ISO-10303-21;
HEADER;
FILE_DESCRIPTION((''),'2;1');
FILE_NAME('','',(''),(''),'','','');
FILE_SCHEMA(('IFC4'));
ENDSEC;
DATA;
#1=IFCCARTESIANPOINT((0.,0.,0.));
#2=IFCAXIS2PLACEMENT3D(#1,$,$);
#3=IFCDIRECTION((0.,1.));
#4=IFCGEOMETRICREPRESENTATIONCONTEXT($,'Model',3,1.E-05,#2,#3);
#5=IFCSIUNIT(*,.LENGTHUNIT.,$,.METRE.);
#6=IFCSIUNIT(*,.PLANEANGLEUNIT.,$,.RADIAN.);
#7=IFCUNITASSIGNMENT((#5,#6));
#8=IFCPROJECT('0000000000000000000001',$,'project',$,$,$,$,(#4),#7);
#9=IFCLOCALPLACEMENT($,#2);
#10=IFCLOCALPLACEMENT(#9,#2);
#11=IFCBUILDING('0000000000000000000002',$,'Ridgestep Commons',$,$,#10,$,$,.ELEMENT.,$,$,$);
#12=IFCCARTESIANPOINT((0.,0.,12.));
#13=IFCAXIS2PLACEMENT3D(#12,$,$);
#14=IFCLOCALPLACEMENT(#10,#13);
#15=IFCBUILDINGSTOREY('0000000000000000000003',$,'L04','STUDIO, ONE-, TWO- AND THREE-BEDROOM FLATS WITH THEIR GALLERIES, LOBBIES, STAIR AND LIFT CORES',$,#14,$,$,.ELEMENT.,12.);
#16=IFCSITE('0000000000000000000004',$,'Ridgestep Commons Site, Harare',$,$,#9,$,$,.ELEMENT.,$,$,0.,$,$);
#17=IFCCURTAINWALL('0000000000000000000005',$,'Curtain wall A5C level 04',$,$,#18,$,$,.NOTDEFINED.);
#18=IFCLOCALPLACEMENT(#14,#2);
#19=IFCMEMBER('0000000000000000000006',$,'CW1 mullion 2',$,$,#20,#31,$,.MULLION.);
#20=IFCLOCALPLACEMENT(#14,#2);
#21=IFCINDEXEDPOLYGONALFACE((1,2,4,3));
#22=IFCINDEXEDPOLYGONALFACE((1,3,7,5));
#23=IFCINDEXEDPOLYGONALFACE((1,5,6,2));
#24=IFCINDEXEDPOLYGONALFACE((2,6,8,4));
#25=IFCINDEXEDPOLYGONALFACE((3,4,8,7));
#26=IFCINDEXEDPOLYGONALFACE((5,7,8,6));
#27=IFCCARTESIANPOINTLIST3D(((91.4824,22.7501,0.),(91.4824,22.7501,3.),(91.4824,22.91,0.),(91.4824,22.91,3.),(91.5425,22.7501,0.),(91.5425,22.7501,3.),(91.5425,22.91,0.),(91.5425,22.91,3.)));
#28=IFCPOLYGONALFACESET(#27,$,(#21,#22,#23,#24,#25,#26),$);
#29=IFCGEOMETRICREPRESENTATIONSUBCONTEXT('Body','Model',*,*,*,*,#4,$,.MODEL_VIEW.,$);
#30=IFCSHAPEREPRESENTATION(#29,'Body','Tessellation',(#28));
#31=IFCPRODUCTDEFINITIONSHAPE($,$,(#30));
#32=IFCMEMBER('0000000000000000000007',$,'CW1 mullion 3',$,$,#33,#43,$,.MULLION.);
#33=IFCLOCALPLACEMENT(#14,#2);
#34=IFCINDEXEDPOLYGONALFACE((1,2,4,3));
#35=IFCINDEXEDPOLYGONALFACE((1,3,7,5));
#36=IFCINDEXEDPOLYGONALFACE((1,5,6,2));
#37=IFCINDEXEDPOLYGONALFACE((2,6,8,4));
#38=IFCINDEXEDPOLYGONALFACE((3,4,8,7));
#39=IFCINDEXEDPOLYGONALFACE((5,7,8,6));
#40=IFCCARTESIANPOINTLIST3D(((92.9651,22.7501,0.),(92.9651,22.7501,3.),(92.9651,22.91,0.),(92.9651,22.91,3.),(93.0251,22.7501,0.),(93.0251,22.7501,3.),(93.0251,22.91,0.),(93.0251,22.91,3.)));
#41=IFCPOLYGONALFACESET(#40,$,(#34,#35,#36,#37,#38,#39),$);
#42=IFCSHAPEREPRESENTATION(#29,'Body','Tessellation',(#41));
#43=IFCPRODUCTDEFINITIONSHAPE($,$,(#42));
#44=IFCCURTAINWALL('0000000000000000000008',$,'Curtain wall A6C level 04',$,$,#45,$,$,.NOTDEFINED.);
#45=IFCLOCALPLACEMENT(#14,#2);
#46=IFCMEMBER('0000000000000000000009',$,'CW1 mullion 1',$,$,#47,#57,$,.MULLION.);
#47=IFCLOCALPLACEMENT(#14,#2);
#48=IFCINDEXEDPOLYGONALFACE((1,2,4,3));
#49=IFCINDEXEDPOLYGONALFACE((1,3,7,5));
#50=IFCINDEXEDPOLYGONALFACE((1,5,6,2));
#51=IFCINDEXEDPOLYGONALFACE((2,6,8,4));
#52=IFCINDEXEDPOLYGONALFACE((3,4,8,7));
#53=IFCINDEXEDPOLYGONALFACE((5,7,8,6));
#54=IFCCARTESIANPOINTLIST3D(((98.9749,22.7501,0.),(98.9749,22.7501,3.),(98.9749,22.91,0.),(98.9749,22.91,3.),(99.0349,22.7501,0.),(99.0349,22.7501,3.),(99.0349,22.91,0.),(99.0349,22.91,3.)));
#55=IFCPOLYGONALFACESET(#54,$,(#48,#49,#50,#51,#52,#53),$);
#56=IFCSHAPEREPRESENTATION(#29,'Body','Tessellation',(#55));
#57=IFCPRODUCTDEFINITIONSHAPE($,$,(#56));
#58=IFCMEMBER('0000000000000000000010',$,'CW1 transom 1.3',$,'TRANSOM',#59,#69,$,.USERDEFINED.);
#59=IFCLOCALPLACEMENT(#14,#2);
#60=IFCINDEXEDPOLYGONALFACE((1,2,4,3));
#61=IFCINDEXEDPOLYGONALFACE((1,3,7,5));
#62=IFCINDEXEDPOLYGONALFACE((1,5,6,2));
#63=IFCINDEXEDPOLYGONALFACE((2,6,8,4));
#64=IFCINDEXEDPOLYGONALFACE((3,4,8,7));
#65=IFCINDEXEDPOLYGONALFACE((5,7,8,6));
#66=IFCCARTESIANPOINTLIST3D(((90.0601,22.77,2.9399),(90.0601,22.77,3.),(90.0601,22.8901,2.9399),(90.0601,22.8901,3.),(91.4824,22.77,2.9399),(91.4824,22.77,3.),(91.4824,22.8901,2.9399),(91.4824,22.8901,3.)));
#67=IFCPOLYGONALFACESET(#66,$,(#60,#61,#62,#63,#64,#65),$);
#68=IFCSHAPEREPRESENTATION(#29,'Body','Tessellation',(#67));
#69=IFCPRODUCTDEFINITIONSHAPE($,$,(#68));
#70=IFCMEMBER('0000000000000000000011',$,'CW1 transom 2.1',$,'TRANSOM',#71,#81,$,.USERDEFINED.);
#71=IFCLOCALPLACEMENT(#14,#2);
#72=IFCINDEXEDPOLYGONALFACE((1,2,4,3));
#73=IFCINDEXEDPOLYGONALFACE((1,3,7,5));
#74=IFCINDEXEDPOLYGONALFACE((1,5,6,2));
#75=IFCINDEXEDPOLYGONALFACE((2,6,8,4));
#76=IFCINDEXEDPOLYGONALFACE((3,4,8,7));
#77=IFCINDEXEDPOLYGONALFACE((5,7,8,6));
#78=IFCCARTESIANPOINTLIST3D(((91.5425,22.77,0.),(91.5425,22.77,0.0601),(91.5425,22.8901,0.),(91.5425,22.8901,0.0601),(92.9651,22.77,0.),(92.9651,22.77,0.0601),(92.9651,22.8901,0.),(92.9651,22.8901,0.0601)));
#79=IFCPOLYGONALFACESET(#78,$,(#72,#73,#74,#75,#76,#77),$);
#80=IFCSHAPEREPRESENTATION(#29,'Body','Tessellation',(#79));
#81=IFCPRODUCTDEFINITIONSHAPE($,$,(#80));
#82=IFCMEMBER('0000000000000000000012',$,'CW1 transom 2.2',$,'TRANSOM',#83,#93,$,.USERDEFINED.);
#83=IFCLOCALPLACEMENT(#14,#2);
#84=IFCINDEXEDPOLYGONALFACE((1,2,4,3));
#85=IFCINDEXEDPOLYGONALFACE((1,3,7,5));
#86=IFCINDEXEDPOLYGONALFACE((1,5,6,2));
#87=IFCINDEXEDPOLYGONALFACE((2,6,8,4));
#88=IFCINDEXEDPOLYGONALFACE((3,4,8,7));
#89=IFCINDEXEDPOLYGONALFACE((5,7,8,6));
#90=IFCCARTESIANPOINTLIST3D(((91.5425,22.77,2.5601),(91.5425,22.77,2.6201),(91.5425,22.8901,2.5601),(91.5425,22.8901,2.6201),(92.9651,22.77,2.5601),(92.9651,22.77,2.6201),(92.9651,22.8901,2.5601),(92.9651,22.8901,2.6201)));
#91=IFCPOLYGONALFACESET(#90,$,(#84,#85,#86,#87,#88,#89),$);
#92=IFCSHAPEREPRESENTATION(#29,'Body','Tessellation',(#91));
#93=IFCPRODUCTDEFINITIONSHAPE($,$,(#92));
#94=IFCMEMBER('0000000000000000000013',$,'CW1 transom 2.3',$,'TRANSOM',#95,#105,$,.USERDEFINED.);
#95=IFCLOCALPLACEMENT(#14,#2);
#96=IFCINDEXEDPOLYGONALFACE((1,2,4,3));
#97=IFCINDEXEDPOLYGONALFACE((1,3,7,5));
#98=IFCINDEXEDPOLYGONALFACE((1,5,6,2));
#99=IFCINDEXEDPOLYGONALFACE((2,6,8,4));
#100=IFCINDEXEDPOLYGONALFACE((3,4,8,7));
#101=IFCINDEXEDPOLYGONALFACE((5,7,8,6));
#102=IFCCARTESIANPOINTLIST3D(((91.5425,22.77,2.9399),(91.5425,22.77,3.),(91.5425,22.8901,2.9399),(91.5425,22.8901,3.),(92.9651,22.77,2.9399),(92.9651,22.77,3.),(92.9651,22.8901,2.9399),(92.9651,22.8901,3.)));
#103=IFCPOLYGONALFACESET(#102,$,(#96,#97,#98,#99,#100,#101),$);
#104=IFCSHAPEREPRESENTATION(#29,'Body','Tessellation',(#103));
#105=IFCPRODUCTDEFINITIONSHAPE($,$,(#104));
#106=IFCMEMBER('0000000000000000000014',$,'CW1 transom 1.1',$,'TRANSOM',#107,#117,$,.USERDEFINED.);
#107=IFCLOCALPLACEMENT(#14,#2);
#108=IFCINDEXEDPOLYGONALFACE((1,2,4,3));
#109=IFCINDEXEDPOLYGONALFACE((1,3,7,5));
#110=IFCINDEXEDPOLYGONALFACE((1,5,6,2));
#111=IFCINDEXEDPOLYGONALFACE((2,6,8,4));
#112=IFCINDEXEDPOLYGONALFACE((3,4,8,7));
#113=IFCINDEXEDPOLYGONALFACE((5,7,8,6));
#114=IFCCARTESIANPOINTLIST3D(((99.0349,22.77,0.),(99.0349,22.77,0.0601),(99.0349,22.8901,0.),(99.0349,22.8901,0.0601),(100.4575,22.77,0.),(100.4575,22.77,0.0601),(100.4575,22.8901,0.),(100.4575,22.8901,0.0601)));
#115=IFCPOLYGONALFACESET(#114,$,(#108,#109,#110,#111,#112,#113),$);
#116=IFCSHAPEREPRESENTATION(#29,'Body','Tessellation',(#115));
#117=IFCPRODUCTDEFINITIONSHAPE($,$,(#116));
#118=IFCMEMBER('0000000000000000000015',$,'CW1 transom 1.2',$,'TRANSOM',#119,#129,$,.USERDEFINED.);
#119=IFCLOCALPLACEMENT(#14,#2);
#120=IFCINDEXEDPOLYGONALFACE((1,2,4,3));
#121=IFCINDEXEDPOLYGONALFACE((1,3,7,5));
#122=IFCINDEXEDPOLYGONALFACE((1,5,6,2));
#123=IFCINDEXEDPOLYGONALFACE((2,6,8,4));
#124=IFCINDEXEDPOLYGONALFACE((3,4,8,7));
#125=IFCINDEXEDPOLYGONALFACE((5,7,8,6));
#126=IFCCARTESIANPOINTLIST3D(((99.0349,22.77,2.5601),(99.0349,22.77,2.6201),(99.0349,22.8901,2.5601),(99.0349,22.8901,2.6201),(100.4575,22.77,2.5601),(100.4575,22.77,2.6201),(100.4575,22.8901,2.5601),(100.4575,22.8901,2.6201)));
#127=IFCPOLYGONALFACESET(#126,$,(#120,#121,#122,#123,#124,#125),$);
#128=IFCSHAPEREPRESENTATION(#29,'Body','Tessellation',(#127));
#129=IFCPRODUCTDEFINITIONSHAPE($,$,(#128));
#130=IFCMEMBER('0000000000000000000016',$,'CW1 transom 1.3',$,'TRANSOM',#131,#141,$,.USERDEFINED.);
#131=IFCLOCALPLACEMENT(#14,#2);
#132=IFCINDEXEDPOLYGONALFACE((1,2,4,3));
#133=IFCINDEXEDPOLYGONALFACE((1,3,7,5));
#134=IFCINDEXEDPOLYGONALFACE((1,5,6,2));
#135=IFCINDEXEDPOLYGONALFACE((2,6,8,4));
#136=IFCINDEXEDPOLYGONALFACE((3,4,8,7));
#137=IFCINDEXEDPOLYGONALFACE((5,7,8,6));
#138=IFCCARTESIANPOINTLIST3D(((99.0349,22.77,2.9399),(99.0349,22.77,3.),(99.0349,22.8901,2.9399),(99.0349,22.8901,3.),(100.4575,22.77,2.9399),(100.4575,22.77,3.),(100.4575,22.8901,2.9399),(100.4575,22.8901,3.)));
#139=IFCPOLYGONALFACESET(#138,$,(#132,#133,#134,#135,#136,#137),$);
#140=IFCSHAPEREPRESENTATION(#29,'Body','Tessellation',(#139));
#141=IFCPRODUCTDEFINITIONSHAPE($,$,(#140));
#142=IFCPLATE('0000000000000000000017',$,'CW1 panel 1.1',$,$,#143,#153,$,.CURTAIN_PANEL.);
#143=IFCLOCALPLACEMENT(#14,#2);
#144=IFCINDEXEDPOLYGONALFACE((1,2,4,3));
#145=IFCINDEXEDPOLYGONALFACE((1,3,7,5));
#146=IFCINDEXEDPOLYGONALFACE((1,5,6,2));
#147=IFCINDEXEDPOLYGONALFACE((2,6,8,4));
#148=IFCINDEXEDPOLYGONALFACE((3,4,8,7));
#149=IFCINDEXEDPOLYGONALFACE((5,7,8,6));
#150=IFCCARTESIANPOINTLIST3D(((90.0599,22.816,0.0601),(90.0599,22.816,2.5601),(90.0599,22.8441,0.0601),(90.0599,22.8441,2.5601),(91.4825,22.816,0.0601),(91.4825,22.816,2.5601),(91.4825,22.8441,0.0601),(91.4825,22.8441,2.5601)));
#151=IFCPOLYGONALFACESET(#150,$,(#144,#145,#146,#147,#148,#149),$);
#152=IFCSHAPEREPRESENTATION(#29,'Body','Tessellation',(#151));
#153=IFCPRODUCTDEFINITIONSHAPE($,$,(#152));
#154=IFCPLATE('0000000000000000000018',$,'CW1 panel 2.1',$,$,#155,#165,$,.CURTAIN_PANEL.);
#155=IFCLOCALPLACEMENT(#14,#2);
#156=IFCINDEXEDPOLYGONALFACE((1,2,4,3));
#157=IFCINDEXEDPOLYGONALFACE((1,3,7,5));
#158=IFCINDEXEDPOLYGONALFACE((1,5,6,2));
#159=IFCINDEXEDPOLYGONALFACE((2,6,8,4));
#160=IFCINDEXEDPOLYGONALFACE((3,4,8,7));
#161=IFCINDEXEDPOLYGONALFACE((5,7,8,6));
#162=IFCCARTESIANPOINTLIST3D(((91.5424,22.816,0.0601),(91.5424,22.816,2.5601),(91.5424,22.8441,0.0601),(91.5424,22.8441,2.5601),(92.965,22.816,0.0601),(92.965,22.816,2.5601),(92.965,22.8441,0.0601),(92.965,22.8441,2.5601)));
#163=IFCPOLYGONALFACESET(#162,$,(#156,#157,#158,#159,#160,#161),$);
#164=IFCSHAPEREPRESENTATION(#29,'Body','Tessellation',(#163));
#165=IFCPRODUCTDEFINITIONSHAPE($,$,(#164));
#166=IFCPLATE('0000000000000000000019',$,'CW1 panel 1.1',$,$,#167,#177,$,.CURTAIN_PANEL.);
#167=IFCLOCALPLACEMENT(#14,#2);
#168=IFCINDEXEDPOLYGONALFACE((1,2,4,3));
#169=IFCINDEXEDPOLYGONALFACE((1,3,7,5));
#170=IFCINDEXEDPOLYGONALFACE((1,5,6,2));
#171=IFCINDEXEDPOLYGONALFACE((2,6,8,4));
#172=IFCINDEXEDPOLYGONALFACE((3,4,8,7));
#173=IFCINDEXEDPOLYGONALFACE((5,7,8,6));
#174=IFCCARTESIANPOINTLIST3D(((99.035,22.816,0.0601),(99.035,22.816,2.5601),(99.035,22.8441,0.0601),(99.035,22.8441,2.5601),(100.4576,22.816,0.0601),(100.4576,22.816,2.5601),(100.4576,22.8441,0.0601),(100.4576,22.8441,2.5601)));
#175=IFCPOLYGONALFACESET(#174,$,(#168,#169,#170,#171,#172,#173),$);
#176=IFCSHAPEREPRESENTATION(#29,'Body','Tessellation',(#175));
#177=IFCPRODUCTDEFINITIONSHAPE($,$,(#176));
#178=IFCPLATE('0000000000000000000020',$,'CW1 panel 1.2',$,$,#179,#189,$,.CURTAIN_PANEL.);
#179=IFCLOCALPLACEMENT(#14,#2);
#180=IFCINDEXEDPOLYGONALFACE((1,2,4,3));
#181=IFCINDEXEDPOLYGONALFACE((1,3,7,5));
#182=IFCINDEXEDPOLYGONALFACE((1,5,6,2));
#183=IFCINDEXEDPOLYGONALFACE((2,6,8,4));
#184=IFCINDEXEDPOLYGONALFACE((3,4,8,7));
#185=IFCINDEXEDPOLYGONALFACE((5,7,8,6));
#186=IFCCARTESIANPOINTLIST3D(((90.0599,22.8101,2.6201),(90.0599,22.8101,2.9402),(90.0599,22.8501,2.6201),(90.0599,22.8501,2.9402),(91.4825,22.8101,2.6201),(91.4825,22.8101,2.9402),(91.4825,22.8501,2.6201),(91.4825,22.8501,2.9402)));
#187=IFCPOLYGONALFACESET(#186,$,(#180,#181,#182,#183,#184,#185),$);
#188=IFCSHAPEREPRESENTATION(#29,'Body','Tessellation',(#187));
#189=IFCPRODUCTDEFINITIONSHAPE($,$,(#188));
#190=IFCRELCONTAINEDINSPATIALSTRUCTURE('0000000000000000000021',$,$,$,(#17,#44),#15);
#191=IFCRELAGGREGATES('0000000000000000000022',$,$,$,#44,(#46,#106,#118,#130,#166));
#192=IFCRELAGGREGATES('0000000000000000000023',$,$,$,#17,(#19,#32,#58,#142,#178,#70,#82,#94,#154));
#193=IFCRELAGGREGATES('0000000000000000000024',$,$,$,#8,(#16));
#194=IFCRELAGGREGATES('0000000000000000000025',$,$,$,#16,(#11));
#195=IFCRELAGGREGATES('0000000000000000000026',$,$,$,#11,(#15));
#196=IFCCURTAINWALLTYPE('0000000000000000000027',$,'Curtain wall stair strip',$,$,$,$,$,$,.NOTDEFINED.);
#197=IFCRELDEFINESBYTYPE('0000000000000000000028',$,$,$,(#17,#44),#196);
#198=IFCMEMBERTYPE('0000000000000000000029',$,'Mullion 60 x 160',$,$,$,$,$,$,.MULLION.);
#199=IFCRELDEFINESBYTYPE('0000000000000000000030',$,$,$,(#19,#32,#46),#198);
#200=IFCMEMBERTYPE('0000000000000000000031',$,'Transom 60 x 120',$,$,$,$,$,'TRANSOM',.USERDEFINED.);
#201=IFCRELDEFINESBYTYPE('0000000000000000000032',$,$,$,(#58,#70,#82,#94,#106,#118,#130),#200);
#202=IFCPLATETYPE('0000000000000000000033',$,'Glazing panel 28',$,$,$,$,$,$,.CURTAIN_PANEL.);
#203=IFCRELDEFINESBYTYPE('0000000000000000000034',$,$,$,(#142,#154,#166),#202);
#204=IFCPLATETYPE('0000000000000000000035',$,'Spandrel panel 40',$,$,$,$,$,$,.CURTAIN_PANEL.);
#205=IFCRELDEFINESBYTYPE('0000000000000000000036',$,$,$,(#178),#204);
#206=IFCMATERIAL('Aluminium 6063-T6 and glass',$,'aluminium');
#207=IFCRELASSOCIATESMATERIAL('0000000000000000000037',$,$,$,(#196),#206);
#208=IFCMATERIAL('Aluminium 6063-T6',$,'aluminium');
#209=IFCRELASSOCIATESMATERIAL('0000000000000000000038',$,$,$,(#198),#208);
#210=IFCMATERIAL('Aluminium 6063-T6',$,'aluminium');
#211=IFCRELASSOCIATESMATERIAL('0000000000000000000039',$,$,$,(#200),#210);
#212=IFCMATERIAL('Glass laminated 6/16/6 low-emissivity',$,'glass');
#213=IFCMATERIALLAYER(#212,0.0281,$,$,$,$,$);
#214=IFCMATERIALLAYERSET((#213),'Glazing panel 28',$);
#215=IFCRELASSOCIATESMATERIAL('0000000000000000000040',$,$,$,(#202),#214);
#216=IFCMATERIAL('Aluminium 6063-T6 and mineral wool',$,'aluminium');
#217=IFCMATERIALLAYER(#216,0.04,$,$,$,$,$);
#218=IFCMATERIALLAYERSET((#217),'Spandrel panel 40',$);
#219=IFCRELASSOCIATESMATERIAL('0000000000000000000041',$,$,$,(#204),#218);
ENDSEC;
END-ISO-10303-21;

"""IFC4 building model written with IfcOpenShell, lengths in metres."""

from ifc_helpers import new_model, si_unit, direction, frame, origin, origin_2d, place, context, subcontext, project, spatial, rectangle, extrude, material, layer, layer_set, material_profile, profile_set, type_object, element, aggregate, save


model = new_model("IFC4")

# Units and contexts
model_context = context("Model", 3, precision=1e-05, world=origin(), true_north=direction((0.0, 1.0)))
body_context = subcontext(model_context, "Body", "Model", "MODEL_VIEW")
ifc_project = project(units=[si_unit("LENGTHUNIT", "METRE"), si_unit("PLANEANGLEUNIT", "RADIAN")], contexts=[model_context])

# Site, building, storey
site_placement = place(None, origin())
site = spatial("IfcSite", under=ifc_project, at=site_placement, Name="Ridgestep Commons Site, Harare", CompositionType="ELEMENT", RefElevation=0.0)
building_placement = place(site_placement, origin())
building = spatial("IfcBuilding", under=site, at=building_placement, Name="Ridgestep Commons", CompositionType="ELEMENT")
storey_placement = place(building_placement, frame((0.0, 0.0, 12.0)))
storey = spatial("IfcBuildingStorey", under=building, at=storey_placement, Name="L04", Description="STUDIO, ONE-, TWO- AND THREE-BEDROOM FLATS WITH THEIR GALLERIES, LOBBIES, STAIR AND LIFT CORES", CompositionType="ELEMENT", Elevation=12.0)

# Curtain wall, members
ifc_material_1 = material(Name="Aluminium 6063-T6 and glass", Category="aluminium")
curtain_wall_type = type_object("IfcCurtainWallType", Name="Curtain wall stair strip", PredefinedType="NOTDEFINED", material=ifc_material_1)
curtain_wall_1_placement = place(storey_placement, origin())
curtain_wall_1 = element("IfcCurtainWall", 1, at=curtain_wall_1_placement, inside=storey, type_object=curtain_wall_type, Name="Curtain wall A5C level 04", PredefinedType="NOTDEFINED")
ifc_material_2 = material(Name="Aluminium 6063-T6", Category="aluminium")
ifc_material_profile_1 = material_profile(ifc_material_2, rectangle(XDim=0.1599, YDim=0.0601, at=origin_2d()), Name="Mullion 60 x 160")
ifc_profile_set_1 = profile_set([ifc_material_profile_1], Name="Aluminium 6063-T6")
member_type_1 = type_object("IfcMemberType", Name="Mullion 60 x 160", PredefinedType="MULLION", material=ifc_profile_set_1)
member_1_placement = place(storey_placement, frame((91.5125, 22.8301, 0.0), z_axis=(0.0, 0.0, 1.0), x_axis=(0.0, 1.0, 0.0)))
member_1 = element("IfcMember", 2, at=member_1_placement, type_object=member_type_1, Name="CW1 mullion 2", PredefinedType="MULLION", context=body_context, shape_type="SweptSolid", body=[
    extrude(rectangle(XDim=0.1599, YDim=0.0601, at=origin_2d()), origin(), (0.0, 0.0, 1.0), 3.0),
])
member_2_placement = place(storey_placement, frame((92.9951, 22.8301, 0.0), z_axis=(0.0, 0.0, 1.0), x_axis=(0.0, 1.0, 0.0)))
member_2 = element("IfcMember", 3, at=member_2_placement, type_object=member_type_1, Name="CW1 mullion 3", PredefinedType="MULLION", context=body_context, shape_type="SweptSolid", body=[
    extrude(rectangle(XDim=0.1599, YDim=0.0601, at=origin_2d()), origin(), (0.0, 0.0, 1.0), 3.0),
])

# Curtain wall, member
curtain_wall_2_placement = place(storey_placement, origin())
curtain_wall_2 = element("IfcCurtainWall", 4, at=curtain_wall_2_placement, inside=storey, type_object=curtain_wall_type, Name="Curtain wall A6C level 04", PredefinedType="NOTDEFINED")
member_3_placement = place(storey_placement, frame((99.0049, 22.8301, 0.0), z_axis=(0.0, 0.0, 1.0), x_axis=(0.0, 1.0, 0.0)))
member_3 = element("IfcMember", 5, at=member_3_placement, type_object=member_type_1, Name="CW1 mullion 1", PredefinedType="MULLION", context=body_context, shape_type="SweptSolid", body=[
    extrude(rectangle(XDim=0.1599, YDim=0.0601, at=origin_2d()), origin(), (0.0, 0.0, 1.0), 3.0),
])

# Members
ifc_material_3 = material(Name="Aluminium 6063-T6", Category="aluminium")
ifc_material_profile_2 = material_profile(ifc_material_3, rectangle(XDim=0.1201, YDim=0.0601, at=origin_2d()), Name="Transom 60 x 120")
ifc_profile_set_2 = profile_set([ifc_material_profile_2], Name="Aluminium 6063-T6")
member_type_2 = type_object("IfcMemberType", Name="Transom 60 x 120", ElementType="TRANSOM", PredefinedType="USERDEFINED", material=ifc_profile_set_2)
member_4_placement = place(storey_placement, frame((90.0601, 22.8301, 2.97), z_axis=(1.0, 0.0, 0.0), x_axis=(0.0, 1.0, 0.0)))
member_4 = element("IfcMember", 6, at=member_4_placement, type_object=member_type_2, Name="CW1 transom 1.3", ObjectType="TRANSOM", PredefinedType="USERDEFINED", context=body_context, shape_type="SweptSolid", body=[
    extrude(rectangle(XDim=0.1201, YDim=0.0601, at=origin_2d()), origin(), (0.0, 0.0, 1.0), 1.4224),
])
member_5_placement = place(storey_placement, frame((91.5425, 22.8301, 0.03), z_axis=(1.0, 0.0, 0.0), x_axis=(0.0, 1.0, 0.0)))
member_5 = element("IfcMember", 7, at=member_5_placement, type_object=member_type_2, Name="CW1 transom 2.1", ObjectType="TRANSOM", PredefinedType="USERDEFINED", context=body_context, shape_type="SweptSolid", body=[
    extrude(rectangle(XDim=0.1201, YDim=0.0601, at=origin_2d()), origin(), (0.0, 0.0, 1.0), 1.4226),
])
member_6_placement = place(storey_placement, frame((91.5425, 22.8301, 2.5901), z_axis=(1.0, 0.0, 0.0), x_axis=(0.0, 1.0, 0.0)))
member_6 = element("IfcMember", 8, at=member_6_placement, type_object=member_type_2, Name="CW1 transom 2.2", ObjectType="TRANSOM", PredefinedType="USERDEFINED", context=body_context, shape_type="SweptSolid", body=[
    extrude(rectangle(XDim=0.1201, YDim=0.0601, at=origin_2d()), origin(), (0.0, 0.0, 1.0), 1.4226),
])
member_7_placement = place(storey_placement, frame((91.5425, 22.8301, 2.97), z_axis=(1.0, 0.0, 0.0), x_axis=(0.0, 1.0, 0.0)))
member_7 = element("IfcMember", 9, at=member_7_placement, type_object=member_type_2, Name="CW1 transom 2.3", ObjectType="TRANSOM", PredefinedType="USERDEFINED", context=body_context, shape_type="SweptSolid", body=[
    extrude(rectangle(XDim=0.1201, YDim=0.0601, at=origin_2d()), origin(), (0.0, 0.0, 1.0), 1.4226),
])
member_8_placement = place(storey_placement, frame((99.0349, 22.8301, 0.03), z_axis=(1.0, 0.0, 0.0), x_axis=(0.0, 1.0, 0.0)))
member_8 = element("IfcMember", 10, at=member_8_placement, type_object=member_type_2, Name="CW1 transom 1.1", ObjectType="TRANSOM", PredefinedType="USERDEFINED", context=body_context, shape_type="SweptSolid", body=[
    extrude(rectangle(XDim=0.1201, YDim=0.0601, at=origin_2d()), origin(), (0.0, 0.0, 1.0), 1.4226),
])
member_9_placement = place(storey_placement, frame((99.0349, 22.8301, 2.5901), z_axis=(1.0, 0.0, 0.0), x_axis=(0.0, 1.0, 0.0)))
member_9 = element("IfcMember", 11, at=member_9_placement, type_object=member_type_2, Name="CW1 transom 1.2", ObjectType="TRANSOM", PredefinedType="USERDEFINED", context=body_context, shape_type="SweptSolid", body=[
    extrude(rectangle(XDim=0.1201, YDim=0.0601, at=origin_2d()), origin(), (0.0, 0.0, 1.0), 1.4226),
])
member_10_placement = place(storey_placement, frame((99.0349, 22.8301, 2.97), z_axis=(1.0, 0.0, 0.0), x_axis=(0.0, 1.0, 0.0)))
member_10 = element("IfcMember", 12, at=member_10_placement, type_object=member_type_2, Name="CW1 transom 1.3", ObjectType="TRANSOM", PredefinedType="USERDEFINED", context=body_context, shape_type="SweptSolid", body=[
    extrude(rectangle(XDim=0.1201, YDim=0.0601, at=origin_2d()), origin(), (0.0, 0.0, 1.0), 1.4226),
])

# Plates
ifc_material_4 = material(Name="Glass laminated 6/16/6 low-emissivity", Category="glass")
ifc_layer_1 = layer(ifc_material_4, 0.0281)
ifc_layer_set_1 = layer_set([ifc_layer_1], Name="Glazing panel 28")
plate_type_1 = type_object("IfcPlateType", Name="Glazing panel 28", PredefinedType="CURTAIN_PANEL", material=ifc_layer_set_1)
plate_1_placement = place(storey_placement, frame((90.7712, 22.8301, 0.0601), z_axis=(0.0, 0.0, 1.0), x_axis=(1.0, 0.0, 0.0)))
plate_1 = element("IfcPlate", 13, at=plate_1_placement, type_object=plate_type_1, Name="CW1 panel 1.1", PredefinedType="CURTAIN_PANEL", context=body_context, shape_type="SweptSolid", body=[
    extrude(rectangle(XDim=1.4226, YDim=0.0281, at=origin_2d()), origin(), (0.0, 0.0, 1.0), 2.5),
])
plate_2_placement = place(storey_placement, frame((92.2537, 22.8301, 0.0601), z_axis=(0.0, 0.0, 1.0), x_axis=(1.0, 0.0, 0.0)))
plate_2 = element("IfcPlate", 14, at=plate_2_placement, type_object=plate_type_1, Name="CW1 panel 2.1", PredefinedType="CURTAIN_PANEL", context=body_context, shape_type="SweptSolid", body=[
    extrude(rectangle(XDim=1.4226, YDim=0.0281, at=origin_2d()), origin(), (0.0, 0.0, 1.0), 2.5),
])
plate_3_placement = place(storey_placement, frame((99.7463, 22.8301, 0.0601), z_axis=(0.0, 0.0, 1.0), x_axis=(1.0, 0.0, 0.0)))
plate_3 = element("IfcPlate", 15, at=plate_3_placement, type_object=plate_type_1, Name="CW1 panel 1.1", PredefinedType="CURTAIN_PANEL", context=body_context, shape_type="SweptSolid", body=[
    extrude(rectangle(XDim=1.4226, YDim=0.0281, at=origin_2d()), origin(), (0.0, 0.0, 1.0), 2.5),
])
aggregate(curtain_wall_2, [member_3, member_8, member_9, member_10, plate_3])
ifc_material_5 = material(Name="Aluminium 6063-T6 and mineral wool", Category="aluminium")
ifc_layer_2 = layer(ifc_material_5, 0.04)
ifc_layer_set_2 = layer_set([ifc_layer_2], Name="Spandrel panel 40")
plate_type_2 = type_object("IfcPlateType", Name="Spandrel panel 40", PredefinedType="CURTAIN_PANEL", material=ifc_layer_set_2)
plate_4_placement = place(storey_placement, frame((90.7712, 22.8301, 2.6201), z_axis=(0.0, 0.0, 1.0), x_axis=(1.0, 0.0, 0.0)))
plate_4 = element("IfcPlate", 16, at=plate_4_placement, type_object=plate_type_2, Name="CW1 panel 1.2", PredefinedType="CURTAIN_PANEL", context=body_context, shape_type="SweptSolid", body=[
    extrude(rectangle(XDim=1.4226, YDim=0.04, at=origin_2d()), origin(), (0.0, 0.0, 1.0), 0.3201),
])
aggregate(curtain_wall_1, [member_1, member_2, member_4, plate_1, plate_4, member_5, member_6, member_7, plate_2])

save(model, "model.ifc")
